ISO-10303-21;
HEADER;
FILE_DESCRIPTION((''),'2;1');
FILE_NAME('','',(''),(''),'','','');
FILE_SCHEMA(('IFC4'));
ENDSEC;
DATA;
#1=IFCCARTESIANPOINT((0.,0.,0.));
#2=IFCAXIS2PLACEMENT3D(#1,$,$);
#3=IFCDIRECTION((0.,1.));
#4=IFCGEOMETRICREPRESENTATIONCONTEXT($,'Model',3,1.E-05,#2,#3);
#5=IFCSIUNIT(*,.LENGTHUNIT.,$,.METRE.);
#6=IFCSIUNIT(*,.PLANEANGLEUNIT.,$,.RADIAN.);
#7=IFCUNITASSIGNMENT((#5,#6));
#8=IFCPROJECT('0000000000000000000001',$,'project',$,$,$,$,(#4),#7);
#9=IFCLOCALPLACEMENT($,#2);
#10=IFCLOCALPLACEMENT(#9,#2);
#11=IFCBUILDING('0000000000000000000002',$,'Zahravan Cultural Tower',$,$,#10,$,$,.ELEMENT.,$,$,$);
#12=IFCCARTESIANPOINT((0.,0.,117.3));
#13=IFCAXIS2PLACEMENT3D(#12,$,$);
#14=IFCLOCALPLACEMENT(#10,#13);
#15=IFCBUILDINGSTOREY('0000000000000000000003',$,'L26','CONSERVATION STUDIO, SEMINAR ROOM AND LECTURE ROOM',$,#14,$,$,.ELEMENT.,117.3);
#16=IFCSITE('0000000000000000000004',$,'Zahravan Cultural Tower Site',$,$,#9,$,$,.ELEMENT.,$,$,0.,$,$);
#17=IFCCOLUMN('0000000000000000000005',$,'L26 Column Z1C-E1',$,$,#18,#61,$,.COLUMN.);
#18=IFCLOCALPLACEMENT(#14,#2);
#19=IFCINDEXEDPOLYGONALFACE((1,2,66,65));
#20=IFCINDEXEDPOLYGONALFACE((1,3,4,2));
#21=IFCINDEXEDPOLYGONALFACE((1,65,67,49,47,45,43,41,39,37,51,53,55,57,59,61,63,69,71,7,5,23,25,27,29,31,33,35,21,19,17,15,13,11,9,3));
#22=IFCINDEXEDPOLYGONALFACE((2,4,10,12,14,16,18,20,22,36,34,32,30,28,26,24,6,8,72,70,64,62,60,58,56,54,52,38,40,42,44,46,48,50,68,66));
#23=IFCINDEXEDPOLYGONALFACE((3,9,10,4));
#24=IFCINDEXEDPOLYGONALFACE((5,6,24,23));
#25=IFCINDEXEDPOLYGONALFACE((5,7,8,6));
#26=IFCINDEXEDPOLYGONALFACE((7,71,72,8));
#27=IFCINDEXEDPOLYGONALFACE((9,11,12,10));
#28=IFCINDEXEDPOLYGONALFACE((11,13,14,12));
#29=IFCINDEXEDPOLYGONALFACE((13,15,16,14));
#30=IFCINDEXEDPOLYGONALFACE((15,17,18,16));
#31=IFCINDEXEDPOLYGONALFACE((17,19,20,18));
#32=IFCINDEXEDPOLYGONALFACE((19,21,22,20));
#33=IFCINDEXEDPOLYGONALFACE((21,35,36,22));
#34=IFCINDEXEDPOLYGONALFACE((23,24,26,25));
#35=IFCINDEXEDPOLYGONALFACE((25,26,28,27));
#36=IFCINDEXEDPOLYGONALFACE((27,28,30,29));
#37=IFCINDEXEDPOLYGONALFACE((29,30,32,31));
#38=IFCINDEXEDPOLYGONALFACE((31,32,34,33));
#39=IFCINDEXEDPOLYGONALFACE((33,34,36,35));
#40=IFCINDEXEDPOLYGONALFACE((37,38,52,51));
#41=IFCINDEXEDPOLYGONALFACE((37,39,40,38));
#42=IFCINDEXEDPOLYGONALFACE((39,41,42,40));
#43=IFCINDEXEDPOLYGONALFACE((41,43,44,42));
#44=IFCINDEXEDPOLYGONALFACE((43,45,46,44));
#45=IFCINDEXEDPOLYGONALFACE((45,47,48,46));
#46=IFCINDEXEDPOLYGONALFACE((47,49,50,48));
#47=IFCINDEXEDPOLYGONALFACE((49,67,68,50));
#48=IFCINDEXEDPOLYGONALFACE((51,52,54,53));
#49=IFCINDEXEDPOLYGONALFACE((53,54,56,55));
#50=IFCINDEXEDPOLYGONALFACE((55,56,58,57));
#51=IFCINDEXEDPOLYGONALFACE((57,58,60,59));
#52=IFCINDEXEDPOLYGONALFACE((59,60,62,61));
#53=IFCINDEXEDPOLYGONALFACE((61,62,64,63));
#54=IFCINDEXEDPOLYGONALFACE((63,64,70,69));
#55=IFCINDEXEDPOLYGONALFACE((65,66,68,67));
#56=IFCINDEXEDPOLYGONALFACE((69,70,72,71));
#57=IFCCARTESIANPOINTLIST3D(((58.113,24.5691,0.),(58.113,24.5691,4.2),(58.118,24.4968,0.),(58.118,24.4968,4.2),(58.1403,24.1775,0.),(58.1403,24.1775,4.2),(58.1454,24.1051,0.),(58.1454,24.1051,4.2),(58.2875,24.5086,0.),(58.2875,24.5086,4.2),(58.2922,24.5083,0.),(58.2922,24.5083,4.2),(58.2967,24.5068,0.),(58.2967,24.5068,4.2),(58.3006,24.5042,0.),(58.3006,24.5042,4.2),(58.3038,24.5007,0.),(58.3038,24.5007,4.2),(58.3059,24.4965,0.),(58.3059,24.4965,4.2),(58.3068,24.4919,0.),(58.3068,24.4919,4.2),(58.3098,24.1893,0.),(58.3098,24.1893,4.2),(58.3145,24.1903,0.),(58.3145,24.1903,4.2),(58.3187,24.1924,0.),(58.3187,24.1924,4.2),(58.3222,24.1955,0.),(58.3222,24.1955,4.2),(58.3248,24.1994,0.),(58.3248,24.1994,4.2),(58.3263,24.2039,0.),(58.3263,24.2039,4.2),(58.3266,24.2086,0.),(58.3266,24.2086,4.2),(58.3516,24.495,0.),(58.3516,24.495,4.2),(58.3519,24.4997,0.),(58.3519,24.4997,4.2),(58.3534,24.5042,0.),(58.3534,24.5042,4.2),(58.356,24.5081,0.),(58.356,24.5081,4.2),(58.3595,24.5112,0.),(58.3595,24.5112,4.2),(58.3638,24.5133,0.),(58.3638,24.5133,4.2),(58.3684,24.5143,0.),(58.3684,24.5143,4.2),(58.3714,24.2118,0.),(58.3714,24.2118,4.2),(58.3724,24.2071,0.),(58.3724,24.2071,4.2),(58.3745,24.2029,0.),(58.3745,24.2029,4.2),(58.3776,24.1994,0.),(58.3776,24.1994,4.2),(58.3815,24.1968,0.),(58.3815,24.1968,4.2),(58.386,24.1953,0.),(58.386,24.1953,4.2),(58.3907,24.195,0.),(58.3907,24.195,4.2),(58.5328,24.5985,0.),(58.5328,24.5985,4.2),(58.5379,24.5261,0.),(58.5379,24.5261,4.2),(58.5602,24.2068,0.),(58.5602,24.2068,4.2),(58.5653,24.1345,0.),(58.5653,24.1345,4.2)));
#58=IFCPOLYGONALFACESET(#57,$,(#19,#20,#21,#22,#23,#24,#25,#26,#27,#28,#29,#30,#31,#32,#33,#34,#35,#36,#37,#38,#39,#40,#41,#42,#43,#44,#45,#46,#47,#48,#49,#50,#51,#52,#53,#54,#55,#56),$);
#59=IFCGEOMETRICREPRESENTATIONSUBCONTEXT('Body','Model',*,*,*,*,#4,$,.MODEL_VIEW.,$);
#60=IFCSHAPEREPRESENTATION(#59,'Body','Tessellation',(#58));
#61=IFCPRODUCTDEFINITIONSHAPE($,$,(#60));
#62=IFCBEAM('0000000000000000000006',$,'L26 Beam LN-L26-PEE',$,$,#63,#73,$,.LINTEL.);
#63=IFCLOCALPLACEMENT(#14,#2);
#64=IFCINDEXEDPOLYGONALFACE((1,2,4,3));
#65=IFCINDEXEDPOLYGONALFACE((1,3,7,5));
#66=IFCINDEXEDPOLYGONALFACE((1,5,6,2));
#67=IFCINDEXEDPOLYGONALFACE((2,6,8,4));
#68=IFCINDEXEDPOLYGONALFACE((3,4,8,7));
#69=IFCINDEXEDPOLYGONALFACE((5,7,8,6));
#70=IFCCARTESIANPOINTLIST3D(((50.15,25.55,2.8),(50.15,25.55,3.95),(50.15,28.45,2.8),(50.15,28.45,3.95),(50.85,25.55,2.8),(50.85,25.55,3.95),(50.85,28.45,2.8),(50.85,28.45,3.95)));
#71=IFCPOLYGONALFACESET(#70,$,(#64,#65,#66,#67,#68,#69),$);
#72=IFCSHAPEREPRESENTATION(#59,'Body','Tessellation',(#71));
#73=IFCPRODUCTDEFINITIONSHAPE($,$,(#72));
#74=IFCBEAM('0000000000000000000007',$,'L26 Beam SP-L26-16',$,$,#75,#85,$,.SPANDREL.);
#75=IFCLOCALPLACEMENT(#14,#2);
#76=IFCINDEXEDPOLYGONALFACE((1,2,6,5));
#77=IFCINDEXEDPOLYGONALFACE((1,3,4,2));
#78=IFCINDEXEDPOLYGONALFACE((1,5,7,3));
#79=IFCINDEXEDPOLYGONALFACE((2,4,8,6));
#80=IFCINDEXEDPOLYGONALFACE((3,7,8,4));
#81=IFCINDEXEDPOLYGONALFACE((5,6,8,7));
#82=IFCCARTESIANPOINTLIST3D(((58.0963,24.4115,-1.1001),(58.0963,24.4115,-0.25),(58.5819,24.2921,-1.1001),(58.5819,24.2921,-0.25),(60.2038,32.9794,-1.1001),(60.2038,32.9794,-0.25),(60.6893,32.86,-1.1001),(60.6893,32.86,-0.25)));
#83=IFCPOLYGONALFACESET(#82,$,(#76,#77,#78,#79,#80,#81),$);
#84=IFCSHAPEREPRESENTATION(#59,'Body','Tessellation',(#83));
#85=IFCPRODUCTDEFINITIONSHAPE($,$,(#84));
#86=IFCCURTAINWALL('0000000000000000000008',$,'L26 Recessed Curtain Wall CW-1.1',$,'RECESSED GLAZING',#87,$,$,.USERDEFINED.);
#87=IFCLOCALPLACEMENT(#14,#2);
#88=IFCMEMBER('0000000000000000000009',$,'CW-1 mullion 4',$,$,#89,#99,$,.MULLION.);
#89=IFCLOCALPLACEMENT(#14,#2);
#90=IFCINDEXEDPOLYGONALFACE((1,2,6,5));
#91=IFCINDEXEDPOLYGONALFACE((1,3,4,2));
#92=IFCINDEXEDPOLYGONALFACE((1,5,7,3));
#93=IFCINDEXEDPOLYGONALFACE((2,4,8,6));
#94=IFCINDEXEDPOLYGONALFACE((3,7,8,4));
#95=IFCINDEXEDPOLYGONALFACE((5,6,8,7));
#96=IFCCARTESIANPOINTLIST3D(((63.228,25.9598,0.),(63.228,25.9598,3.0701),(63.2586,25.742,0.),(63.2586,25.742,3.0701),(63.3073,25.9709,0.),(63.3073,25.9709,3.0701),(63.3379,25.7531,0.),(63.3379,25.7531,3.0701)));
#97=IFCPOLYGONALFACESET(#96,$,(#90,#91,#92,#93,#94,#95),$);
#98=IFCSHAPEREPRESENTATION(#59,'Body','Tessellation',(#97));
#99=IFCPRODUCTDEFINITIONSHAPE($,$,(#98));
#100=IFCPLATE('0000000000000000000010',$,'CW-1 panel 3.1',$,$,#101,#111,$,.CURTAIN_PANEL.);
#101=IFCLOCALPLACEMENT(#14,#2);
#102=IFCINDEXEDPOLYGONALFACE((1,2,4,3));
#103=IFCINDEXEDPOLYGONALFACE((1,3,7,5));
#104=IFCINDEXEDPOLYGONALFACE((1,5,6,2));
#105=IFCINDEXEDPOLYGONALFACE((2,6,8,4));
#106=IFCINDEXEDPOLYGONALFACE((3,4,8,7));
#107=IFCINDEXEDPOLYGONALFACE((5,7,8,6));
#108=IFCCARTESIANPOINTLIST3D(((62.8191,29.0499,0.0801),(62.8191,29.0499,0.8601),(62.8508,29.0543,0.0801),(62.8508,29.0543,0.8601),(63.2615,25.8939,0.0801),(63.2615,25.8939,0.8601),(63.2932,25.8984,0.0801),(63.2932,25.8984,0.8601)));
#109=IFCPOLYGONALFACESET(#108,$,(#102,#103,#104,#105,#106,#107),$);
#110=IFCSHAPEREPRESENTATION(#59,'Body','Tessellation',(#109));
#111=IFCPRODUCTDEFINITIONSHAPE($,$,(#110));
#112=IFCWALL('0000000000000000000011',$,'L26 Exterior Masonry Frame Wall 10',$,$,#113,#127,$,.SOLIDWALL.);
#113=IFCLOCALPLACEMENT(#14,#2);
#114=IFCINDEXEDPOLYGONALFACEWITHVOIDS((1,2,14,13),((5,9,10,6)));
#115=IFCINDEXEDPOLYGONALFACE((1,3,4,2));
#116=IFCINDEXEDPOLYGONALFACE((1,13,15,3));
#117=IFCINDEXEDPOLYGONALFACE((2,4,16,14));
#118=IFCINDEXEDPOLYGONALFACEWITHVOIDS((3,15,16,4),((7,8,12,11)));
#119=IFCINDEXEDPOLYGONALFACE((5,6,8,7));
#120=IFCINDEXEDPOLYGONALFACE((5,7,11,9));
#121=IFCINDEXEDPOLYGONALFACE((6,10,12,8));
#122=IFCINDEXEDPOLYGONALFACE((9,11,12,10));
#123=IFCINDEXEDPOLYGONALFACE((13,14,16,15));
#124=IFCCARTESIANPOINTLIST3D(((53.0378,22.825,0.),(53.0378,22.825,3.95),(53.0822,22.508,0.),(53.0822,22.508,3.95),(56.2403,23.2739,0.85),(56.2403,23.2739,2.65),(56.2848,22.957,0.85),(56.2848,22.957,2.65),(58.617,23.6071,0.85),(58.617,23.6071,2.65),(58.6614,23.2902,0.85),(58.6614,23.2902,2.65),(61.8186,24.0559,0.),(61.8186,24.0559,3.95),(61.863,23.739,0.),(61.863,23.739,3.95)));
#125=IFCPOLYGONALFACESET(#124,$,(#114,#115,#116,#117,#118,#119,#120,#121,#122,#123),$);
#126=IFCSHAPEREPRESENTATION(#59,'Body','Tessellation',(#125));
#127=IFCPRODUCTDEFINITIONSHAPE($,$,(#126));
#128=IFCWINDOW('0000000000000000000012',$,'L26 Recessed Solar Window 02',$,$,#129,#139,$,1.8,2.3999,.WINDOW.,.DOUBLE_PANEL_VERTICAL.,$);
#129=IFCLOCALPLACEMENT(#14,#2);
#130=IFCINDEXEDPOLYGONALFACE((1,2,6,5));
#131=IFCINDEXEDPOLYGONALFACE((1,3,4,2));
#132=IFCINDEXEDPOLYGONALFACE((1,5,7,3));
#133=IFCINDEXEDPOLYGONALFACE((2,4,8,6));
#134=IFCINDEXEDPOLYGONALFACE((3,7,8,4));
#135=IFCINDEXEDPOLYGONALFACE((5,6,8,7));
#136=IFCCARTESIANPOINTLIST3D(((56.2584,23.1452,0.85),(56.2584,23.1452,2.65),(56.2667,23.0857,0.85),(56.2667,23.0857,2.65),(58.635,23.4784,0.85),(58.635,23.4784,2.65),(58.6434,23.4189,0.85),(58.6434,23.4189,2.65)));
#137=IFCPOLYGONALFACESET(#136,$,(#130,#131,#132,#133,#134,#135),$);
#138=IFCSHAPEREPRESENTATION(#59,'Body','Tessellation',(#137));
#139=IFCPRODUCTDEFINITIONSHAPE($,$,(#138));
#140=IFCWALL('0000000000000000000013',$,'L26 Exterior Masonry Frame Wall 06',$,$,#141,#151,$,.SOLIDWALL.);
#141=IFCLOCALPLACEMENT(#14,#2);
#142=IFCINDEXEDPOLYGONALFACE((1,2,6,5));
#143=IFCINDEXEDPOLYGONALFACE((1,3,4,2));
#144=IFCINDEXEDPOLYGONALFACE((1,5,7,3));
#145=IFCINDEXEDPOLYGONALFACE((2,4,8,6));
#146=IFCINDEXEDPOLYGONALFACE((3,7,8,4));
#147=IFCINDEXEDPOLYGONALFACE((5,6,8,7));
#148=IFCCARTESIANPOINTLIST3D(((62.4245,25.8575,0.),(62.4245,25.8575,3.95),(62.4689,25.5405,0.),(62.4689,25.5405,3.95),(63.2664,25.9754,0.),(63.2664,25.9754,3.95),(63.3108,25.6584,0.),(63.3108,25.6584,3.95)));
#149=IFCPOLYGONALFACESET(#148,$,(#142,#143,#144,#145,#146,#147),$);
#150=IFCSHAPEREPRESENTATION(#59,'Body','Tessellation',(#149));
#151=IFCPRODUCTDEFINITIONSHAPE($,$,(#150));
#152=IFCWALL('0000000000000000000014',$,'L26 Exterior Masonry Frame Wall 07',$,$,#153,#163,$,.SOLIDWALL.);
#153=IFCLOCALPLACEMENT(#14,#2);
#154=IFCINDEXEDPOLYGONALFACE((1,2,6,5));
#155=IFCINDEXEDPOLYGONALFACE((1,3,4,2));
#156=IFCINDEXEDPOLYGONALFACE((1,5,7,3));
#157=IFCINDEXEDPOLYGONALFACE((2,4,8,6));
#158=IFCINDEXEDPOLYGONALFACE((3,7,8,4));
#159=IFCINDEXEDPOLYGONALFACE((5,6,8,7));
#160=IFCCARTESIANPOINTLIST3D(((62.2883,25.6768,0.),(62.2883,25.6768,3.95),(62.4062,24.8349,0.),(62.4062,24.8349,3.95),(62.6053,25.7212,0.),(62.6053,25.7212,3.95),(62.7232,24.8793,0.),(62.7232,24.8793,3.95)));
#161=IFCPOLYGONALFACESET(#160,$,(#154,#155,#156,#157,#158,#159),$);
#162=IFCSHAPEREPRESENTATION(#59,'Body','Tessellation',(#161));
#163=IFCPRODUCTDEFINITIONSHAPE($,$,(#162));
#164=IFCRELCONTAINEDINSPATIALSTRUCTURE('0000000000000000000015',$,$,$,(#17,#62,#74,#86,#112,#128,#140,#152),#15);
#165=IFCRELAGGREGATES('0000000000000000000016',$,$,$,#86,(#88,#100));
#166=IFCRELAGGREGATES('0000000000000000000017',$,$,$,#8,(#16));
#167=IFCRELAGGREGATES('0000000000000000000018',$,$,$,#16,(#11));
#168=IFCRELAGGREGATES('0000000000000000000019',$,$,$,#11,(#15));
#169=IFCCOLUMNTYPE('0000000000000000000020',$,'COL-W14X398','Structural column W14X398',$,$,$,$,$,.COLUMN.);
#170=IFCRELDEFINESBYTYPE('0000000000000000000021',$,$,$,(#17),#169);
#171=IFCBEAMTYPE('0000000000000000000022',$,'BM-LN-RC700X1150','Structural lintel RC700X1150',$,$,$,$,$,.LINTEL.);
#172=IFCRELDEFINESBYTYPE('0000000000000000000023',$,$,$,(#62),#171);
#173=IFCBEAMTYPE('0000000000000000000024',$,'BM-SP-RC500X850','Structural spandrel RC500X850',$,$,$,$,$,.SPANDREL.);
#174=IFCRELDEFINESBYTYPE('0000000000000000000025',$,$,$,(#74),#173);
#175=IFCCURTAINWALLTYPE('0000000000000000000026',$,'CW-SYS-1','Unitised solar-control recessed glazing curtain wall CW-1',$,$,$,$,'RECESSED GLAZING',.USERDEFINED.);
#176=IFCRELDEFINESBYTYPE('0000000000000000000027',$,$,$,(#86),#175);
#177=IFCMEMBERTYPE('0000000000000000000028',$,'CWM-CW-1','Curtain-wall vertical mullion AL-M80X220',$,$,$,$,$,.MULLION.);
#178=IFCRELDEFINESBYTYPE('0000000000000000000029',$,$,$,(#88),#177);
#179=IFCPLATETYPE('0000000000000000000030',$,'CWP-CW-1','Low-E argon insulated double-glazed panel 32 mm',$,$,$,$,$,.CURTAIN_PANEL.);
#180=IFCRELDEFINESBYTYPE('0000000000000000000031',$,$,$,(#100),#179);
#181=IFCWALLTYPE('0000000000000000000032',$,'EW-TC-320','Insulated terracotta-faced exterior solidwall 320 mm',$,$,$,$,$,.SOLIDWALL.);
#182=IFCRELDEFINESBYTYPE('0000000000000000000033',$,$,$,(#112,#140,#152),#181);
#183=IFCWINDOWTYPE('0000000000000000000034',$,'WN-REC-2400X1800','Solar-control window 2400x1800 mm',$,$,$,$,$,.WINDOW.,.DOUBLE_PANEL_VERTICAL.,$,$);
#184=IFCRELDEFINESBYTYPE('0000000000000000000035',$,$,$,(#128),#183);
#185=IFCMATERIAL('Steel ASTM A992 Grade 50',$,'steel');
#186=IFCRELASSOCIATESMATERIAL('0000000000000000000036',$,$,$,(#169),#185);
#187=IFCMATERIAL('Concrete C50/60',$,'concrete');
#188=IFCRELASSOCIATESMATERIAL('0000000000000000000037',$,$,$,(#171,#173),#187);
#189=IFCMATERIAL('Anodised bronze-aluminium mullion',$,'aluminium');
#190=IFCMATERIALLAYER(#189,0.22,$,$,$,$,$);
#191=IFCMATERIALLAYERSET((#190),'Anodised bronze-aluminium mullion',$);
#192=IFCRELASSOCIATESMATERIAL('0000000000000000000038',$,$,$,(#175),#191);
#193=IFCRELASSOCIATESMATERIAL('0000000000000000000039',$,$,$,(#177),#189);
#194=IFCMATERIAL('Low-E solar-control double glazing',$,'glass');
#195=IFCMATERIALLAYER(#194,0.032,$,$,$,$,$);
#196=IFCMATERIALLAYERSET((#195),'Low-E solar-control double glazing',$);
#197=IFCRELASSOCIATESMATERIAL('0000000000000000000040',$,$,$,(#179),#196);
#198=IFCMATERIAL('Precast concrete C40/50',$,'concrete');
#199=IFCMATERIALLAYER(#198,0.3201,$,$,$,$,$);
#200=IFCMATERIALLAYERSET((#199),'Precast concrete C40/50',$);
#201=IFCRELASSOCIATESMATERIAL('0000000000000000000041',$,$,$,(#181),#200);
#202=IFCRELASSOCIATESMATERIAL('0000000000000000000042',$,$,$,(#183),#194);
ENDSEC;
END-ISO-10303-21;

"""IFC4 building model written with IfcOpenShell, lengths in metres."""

from ifc_helpers import new_model, si_unit, direction, frame, frame_2d, origin, origin_2d, place, context, subcontext, project, spatial, rectangle, i_section, extrude, source, transform, mapped, material, layer, layer_set, material_profile, profile_set, type_object, element, fill, aggregate, save


model = new_model("IFC4")

# Units and contexts
model_context = context("Model", 3, precision=1e-05, world=origin(), true_north=direction((0.0, 1.0)))
body_context = subcontext(model_context, "Body", "Model", "MODEL_VIEW")
ifc_project = project(units=[si_unit("LENGTHUNIT", "METRE"), si_unit("PLANEANGLEUNIT", "RADIAN")], contexts=[model_context])

# Site, building, storey
site_placement = place(None, origin())
site = spatial("IfcSite", under=ifc_project, at=site_placement, Name="Zahravan Cultural Tower Site", CompositionType="ELEMENT", RefElevation=0.0)
building_placement = place(site_placement, origin())
building = spatial("IfcBuilding", under=site, at=building_placement, Name="Zahravan Cultural Tower", CompositionType="ELEMENT")
storey_placement = place(building_placement, frame((0.0, 0.0, 117.3)))
storey = spatial("IfcBuildingStorey", under=building, at=storey_placement, Name="L26", Description="CONSERVATION STUDIO, SEMINAR ROOM AND LECTURE ROOM", CompositionType="ELEMENT", Elevation=117.3)

# Column
ifc_material_1 = material(Name="Steel ASTM A992 Grade 50", Category="steel")
ifc_material_profile_1 = material_profile(ifc_material_1, i_section(OverallWidth=0.4209, OverallDepth=0.4651, WebThickness=0.0449, FlangeThickness=0.0725, FilletRadius=0.0181, at=origin_2d()), Name="W14X398")
ifc_profile_set_1 = profile_set([ifc_material_profile_1], Name="Steel ASTM A992 Grade 50")
column_type = type_object("IfcColumnType", Name="COL-W14X398", Description="Structural column W14X398", PredefinedType="COLUMN", material=ifc_profile_set_1)
shared_shape_1 = source(origin(), body_context, "Body", "SweptSolid", [
    extrude(i_section(OverallWidth=0.4209, OverallDepth=0.4651, WebThickness=0.0449, FlangeThickness=0.0725, FilletRadius=0.0181, at=origin_2d()), origin(), (0.0, 0.0, 1.0), 4.2),
])
column_placement = place(storey_placement, frame((58.3391, 24.3518, 0.0), z_axis=(0.0, 0.0, 1.0), x_axis=(0.997564, 0.069756, 0.0)))
element("IfcColumn", 1, at=column_placement, inside=storey, type_object=column_type, Name="L26 Column Z1C-E1", PredefinedType="COLUMN", context=body_context, shape_type="MappedRepresentation", body=[
    mapped(shared_shape_1, transform((0.0, 0.0, 0.0), x_axis=(1.0, 0.0, 0.0), y_axis=(0.0, 1.0, 0.0), z_axis=(0.0, 0.0, 1.0), scale=1.0)),
])

# Beams
ifc_material_2 = material(Name="Concrete C50/60", Category="concrete")
ifc_material_profile_2 = material_profile(ifc_material_2, rectangle(XDim=0.7, YDim=1.1499, at=origin_2d()), Name="RC700X1150")
ifc_profile_set_2 = profile_set([ifc_material_profile_2], Name="Concrete C50/60")
beam_type_1 = type_object("IfcBeamType", Name="BM-LN-RC700X1150", Description="Structural lintel RC700X1150", PredefinedType="LINTEL", material=ifc_profile_set_2)
shared_shape_2 = source(origin(), body_context, "Body", "SweptSolid", [
    extrude(rectangle(XDim=0.7, YDim=1.1499, at=origin_2d()), origin(), (0.0, 0.0, 1.0), 2.8999),
])
beam_1_placement = place(storey_placement, frame((50.5, 25.55, 3.375), z_axis=(0.0, 1.0, 0.0), x_axis=(-1.0, 0.0, 0.0)))
element("IfcBeam", 2, at=beam_1_placement, inside=storey, type_object=beam_type_1, Name="L26 Beam LN-L26-PEE", PredefinedType="LINTEL", context=body_context, shape_type="MappedRepresentation", body=[
    mapped(shared_shape_2, transform((0.0, 0.0, 0.0), x_axis=(1.0, 0.0, 0.0), y_axis=(0.0, 1.0, 0.0), z_axis=(0.0, 0.0, 1.0), scale=1.0)),
])
ifc_material_profile_3 = material_profile(ifc_material_2, rectangle(XDim=0.5, YDim=0.8501, at=origin_2d()), Name="RC500X850")
ifc_profile_set_3 = profile_set([ifc_material_profile_3], Name="Concrete C50/60")
beam_type_2 = type_object("IfcBeamType", Name="BM-SP-RC500X850", Description="Structural spandrel RC500X850", PredefinedType="SPANDREL", material=ifc_profile_set_3)
shared_shape_3 = source(origin(), body_context, "Body", "SweptSolid", [
    extrude(rectangle(XDim=0.5, YDim=0.8501, at=origin_2d()), origin(), (0.0, 0.0, 1.0), 8.8232),
])
beam_2_placement = place(storey_placement, frame((58.3391, 24.3518, -0.675), z_axis=(0.238849, 0.971057, 0.0), x_axis=(-0.971057, 0.238849, 0.0)))
element("IfcBeam", 3, at=beam_2_placement, inside=storey, type_object=beam_type_2, Name="L26 Beam SP-L26-16", PredefinedType="SPANDREL", context=body_context, shape_type="MappedRepresentation", body=[
    mapped(shared_shape_3, transform((0.0, 0.0, 0.0), x_axis=(1.0, 0.0, 0.0), y_axis=(0.0, 1.0, 0.0), z_axis=(0.0, 0.0, 1.0), scale=1.0)),
])

# Curtain wall, member, plate
ifc_material_3 = material(Name="Anodised bronze-aluminium mullion", Category="aluminium")
ifc_layer_1 = layer(ifc_material_3, 0.22)
ifc_layer_set_1 = layer_set([ifc_layer_1], Name="Anodised bronze-aluminium mullion")
curtain_wall_type = type_object("IfcCurtainWallType", Name="CW-SYS-1", Description="Unitised solar-control recessed glazing curtain wall CW-1", ElementType="RECESSED GLAZING", PredefinedType="USERDEFINED", material=ifc_layer_set_1)
curtain_wall_placement = place(storey_placement, origin())
curtain_wall = element("IfcCurtainWall", 4, at=curtain_wall_placement, inside=storey, type_object=curtain_wall_type, Name="L26 Recessed Curtain Wall CW-1.1", ObjectType="RECESSED GLAZING", PredefinedType="USERDEFINED")
ifc_material_profile_4 = material_profile(ifc_material_3, rectangle(XDim=0.0801, YDim=0.22, at=origin_2d()), Name="AL-M80X220")
ifc_profile_set_4 = profile_set([ifc_material_profile_4], Name="Anodised bronze-aluminium mullion")
member_type = type_object("IfcMemberType", Name="CWM-CW-1", Description="Curtain-wall vertical mullion AL-M80X220", PredefinedType="MULLION", material=ifc_profile_set_4)
shared_shape_4 = source(origin(), body_context, "Body", "SweptSolid", [
    extrude(rectangle(XDim=0.0801, YDim=0.22, at=origin_2d()), origin(), (0.0, 0.0, 1.0), 3.0701),
])
member_placement = place(storey_placement, frame((63.283, 25.8564, 0.0), z_axis=(0.0, 0.0, 1.0), x_axis=(0.990316, 0.13883, 0.0)))
member = element("IfcMember", 5, at=member_placement, type_object=member_type, Name="CW-1 mullion 4", PredefinedType="MULLION", context=body_context, shape_type="MappedRepresentation", body=[
    mapped(shared_shape_4, transform((0.0, 0.0, 0.0), x_axis=(1.0, 0.0, 0.0), y_axis=(0.0, 1.0, 0.0), z_axis=(0.0, 0.0, 1.0), scale=1.0)),
])
ifc_material_4 = material(Name="Low-E solar-control double glazing", Category="glass")
ifc_layer_2 = layer(ifc_material_4, 0.032)
ifc_layer_set_2 = layer_set([ifc_layer_2], Name="Low-E solar-control double glazing")
plate_type = type_object("IfcPlateType", Name="CWP-CW-1", Description="Low-E argon insulated double-glazed panel 32 mm", PredefinedType="CURTAIN_PANEL", material=ifc_layer_set_2)
shared_shape_5 = source(origin(), body_context, "Body", "SweptSolid", [
    extrude(rectangle(XDim=3.1868, YDim=0.032, at=origin_2d()), origin(), (0.0, 0.0, 1.0), 0.78),
])
plate_placement = place(storey_placement, frame((63.0562, 27.4741, 0.0801), z_axis=(0.0, 0.0, 1.0), x_axis=(0.13883, -0.990316, 0.0)))
plate = element("IfcPlate", 6, at=plate_placement, type_object=plate_type, Name="CW-1 panel 3.1", PredefinedType="CURTAIN_PANEL", context=body_context, shape_type="MappedRepresentation", body=[
    mapped(shared_shape_5, transform((0.0, 0.0, 0.0), x_axis=(1.0, 0.0, 0.0), y_axis=(0.0, 1.0, 0.0), z_axis=(0.0, 0.0, 1.0), scale=1.0)),
])
aggregate(curtain_wall, [member, plate])

# Wall, opening, window
ifc_material_5 = material(Name="Precast concrete C40/50", Category="concrete")
ifc_layer_3 = layer(ifc_material_5, 0.3201)
ifc_layer_set_3 = layer_set([ifc_layer_3], Name="Precast concrete C40/50")
wall_type_1 = type_object("IfcWallType", Name="EW-TC-320", Description="Insulated terracotta-faced exterior solidwall 320 mm", PredefinedType="SOLIDWALL", material=ifc_layer_set_3)
wall_1_placement = place(storey_placement, frame((61.8408, 23.8975, 0.0), z_axis=(0.0, 0.0, 1.0), x_axis=(-0.990316, -0.13883, 0.0)))
wall_1 = element("IfcWall", 7, at=wall_1_placement, inside=storey, type_object=wall_type_1, Name="L26 Exterior Masonry Frame Wall 10", PredefinedType="SOLIDWALL", context=body_context, shape_type="SweptSolid", body=[
    extrude(rectangle(XDim=8.8667, YDim=0.3201, at=frame_2d((4.4333, 0.0))), origin(), (0.0, 0.0, 1.0), 3.95),
])
opening_placement = place(wall_1_placement, frame((3.2329, 0.0, 0.8501)))
opening = element("IfcOpeningElement", 8, at=opening_placement, cuts=wall_1, PredefinedType="OPENING", context=body_context, shape_type="SweptSolid", body=[
    extrude(rectangle(XDim=2.3999, YDim=1.8, at=frame_2d((1.2, 0.8999))), frame((0.0, 0.1699, 0.0), z_axis=(0.0, -1.0, 0.0), x_axis=(1.0, 0.0, 0.0)), (0.0, 0.0, 1.0), 0.3401),
])
window_type = type_object("IfcWindowType", Name="WN-REC-2400X1800", Description="Solar-control window 2400x1800 mm", PartitioningType="DOUBLE_PANEL_VERTICAL", PredefinedType="WINDOW", material=ifc_material_4)
shared_shape_6 = source(origin(), body_context, "Body", "SweptSolid", [
    extrude(rectangle(XDim=2.3999, YDim=1.8, at=frame_2d((1.2, 0.8999))), frame((0.0, 0.03, 0.0), z_axis=(0.0, -1.0, 0.0), x_axis=(1.0, 0.0, 0.0)), (0.0, 0.0, 1.0), 0.0601),
])
window_placement = place(opening_placement, origin())
window = element("IfcWindow", 9, at=window_placement, inside=storey, type_object=window_type, Name="L26 Recessed Solar Window 02", OverallHeight=1.8, OverallWidth=2.3999, PartitioningType="DOUBLE_PANEL_VERTICAL", PredefinedType="WINDOW", context=body_context, shape_type="MappedRepresentation", body=[
    mapped(shared_shape_6, transform((0.0, 0.0, 0.0), x_axis=(1.0, 0.0, 0.0), y_axis=(0.0, 1.0, 0.0), z_axis=(0.0, 0.0, 1.0), scale=1.0)),
])
fill(opening, window)

# Walls
shared_shape_7 = source(origin(), body_context, "Body", "SweptSolid", [
    extrude(rectangle(XDim=0.8501, YDim=0.3201, at=frame_2d((0.425, 0.0))), origin(), (0.0, 0.0, 1.0), 3.95),
])
for number, where, z_axis, x_axis, name in (
    (10, (63.2886, 25.8169, 0.0), (0.0, 0.0, 1.0), (-0.990331, -0.138727, 0.0), "L26 Exterior Masonry Frame Wall 06"),
    (11, (62.4468, 25.699, 0.0), (0.0, 0.0, 1.0), (0.138727, -0.990331, 0.0), "L26 Exterior Masonry Frame Wall 07"),
):
    element("IfcWall", number, at=place(storey_placement, frame(where, z_axis=z_axis, x_axis=x_axis)), inside=storey, type_object=wall_type_1, Name=name, PredefinedType="SOLIDWALL", context=body_context, shape_type="MappedRepresentation", body=[
        mapped(shared_shape_7, transform((0.0, 0.0, 0.0), x_axis=(1.0, 0.0, 0.0), y_axis=(0.0, 1.0, 0.0), z_axis=(0.0, 0.0, 1.0), scale=1.0)),
    ])

save(model, "model.ifc")
